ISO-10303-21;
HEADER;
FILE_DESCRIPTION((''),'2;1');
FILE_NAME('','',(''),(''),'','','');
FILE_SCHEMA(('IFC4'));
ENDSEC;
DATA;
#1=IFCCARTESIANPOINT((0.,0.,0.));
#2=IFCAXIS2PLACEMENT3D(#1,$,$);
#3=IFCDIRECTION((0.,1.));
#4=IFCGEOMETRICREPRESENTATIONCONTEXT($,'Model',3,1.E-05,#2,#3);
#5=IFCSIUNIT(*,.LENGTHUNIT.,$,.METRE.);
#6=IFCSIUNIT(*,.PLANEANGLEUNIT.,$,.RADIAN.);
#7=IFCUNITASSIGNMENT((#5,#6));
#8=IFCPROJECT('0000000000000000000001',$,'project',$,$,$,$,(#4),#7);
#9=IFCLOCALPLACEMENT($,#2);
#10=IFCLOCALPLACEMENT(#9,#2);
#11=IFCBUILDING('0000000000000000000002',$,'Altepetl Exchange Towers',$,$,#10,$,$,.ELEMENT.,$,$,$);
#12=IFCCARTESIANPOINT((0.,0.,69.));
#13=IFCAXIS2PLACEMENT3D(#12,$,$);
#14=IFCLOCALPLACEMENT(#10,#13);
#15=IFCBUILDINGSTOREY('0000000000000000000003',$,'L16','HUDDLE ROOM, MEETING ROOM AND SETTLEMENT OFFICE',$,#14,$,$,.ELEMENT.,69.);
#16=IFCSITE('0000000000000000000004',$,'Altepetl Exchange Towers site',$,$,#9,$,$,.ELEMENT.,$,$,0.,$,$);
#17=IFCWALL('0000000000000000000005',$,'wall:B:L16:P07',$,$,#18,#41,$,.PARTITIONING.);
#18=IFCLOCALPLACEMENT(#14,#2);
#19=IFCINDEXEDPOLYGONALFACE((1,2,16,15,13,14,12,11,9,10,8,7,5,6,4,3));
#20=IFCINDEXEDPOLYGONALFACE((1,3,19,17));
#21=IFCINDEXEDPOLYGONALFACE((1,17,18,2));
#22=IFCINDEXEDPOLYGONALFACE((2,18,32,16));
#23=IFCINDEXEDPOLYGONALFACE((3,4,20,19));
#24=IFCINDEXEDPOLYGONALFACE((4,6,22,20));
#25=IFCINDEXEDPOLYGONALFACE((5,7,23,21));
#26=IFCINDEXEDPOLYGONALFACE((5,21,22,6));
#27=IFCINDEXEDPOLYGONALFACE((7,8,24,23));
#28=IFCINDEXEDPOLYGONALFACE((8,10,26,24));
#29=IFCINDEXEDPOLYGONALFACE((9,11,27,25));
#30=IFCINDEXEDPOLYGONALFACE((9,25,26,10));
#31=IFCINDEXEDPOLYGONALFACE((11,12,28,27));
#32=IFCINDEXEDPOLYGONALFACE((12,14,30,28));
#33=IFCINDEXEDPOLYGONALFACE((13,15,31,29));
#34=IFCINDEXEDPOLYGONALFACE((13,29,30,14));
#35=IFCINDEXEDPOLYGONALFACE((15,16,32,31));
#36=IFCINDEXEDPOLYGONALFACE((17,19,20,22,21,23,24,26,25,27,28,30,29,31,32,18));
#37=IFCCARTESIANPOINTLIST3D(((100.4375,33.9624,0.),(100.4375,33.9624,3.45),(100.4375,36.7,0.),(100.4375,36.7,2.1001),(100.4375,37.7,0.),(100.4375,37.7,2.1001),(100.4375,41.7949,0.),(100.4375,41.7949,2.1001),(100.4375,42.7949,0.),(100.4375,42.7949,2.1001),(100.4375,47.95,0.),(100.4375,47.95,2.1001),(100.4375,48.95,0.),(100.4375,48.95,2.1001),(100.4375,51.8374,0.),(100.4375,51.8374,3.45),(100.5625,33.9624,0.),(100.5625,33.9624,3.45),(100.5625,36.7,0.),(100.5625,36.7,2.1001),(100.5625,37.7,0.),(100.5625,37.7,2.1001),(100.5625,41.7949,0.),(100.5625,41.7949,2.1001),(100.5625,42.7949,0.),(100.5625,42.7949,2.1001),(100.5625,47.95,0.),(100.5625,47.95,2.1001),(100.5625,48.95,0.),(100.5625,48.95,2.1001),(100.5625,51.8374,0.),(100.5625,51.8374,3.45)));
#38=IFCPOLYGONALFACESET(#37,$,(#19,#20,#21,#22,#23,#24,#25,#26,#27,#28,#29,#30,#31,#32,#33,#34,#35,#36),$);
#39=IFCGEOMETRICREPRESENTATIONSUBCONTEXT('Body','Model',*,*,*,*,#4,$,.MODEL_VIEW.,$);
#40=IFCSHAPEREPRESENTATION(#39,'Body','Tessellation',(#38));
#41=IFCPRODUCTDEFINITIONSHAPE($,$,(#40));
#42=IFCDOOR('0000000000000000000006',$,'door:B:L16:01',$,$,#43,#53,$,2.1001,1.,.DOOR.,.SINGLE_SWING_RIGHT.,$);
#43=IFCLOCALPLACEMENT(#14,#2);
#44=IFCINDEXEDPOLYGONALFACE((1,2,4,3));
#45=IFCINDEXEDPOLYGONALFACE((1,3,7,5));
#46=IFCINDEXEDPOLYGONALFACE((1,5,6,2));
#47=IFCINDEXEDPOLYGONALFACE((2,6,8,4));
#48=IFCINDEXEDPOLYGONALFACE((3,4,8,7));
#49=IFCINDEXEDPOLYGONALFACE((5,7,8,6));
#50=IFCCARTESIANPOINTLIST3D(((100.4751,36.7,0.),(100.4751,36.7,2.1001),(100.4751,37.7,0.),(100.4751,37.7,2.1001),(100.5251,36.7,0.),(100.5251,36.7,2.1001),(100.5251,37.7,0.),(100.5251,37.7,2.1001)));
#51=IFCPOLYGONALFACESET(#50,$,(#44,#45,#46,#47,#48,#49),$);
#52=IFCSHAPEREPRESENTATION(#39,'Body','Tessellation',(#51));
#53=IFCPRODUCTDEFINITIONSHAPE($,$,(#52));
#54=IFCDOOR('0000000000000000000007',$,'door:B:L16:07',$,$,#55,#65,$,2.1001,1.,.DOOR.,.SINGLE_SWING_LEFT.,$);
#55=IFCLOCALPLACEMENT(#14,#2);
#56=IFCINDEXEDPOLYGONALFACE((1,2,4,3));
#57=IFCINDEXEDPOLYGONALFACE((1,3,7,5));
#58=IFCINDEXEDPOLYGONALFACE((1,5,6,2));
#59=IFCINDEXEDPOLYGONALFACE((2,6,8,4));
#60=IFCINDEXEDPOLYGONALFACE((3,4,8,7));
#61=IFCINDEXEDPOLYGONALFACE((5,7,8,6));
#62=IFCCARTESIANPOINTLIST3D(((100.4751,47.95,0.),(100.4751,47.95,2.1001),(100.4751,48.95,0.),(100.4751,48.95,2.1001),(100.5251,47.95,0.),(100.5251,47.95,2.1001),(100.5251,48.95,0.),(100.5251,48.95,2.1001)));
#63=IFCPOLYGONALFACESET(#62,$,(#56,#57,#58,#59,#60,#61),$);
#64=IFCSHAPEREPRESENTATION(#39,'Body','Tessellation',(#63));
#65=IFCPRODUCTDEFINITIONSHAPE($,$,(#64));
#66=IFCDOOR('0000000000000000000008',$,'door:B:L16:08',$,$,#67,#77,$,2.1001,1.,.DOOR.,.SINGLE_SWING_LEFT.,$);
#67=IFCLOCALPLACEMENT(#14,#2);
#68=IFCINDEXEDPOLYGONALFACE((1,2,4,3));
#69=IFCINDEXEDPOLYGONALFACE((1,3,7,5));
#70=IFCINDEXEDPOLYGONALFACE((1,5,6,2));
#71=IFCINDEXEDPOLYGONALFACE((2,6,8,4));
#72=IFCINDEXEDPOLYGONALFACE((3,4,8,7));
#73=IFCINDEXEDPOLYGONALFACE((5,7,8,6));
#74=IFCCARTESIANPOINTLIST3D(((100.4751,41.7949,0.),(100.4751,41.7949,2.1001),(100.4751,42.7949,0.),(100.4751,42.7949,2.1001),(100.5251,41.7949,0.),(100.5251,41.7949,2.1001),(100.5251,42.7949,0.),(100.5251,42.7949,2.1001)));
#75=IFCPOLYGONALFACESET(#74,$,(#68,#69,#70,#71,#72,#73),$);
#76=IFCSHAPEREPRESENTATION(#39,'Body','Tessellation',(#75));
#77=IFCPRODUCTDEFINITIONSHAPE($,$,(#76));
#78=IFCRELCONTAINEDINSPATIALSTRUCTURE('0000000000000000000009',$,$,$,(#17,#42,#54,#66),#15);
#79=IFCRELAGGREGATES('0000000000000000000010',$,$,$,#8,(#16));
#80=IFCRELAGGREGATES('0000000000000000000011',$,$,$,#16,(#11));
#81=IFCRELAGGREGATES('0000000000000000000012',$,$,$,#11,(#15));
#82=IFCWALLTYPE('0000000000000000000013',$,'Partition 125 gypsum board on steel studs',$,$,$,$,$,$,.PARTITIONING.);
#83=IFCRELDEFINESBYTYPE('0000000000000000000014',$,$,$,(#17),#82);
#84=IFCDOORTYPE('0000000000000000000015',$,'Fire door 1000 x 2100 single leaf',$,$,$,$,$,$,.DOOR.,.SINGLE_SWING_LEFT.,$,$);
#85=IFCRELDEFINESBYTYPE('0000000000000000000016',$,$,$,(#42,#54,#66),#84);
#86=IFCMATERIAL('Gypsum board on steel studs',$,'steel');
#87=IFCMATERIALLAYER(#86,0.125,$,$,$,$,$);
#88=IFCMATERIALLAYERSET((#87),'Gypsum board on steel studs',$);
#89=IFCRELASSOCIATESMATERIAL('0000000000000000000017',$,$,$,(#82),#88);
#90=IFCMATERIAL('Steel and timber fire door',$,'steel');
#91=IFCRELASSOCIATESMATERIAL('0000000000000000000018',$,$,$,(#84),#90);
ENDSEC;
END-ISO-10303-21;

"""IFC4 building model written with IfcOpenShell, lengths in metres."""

from ifc_helpers import new_model, si_unit, direction, frame, frame_2d, origin, place, context, subcontext, project, spatial, rectangle, extrude, material, layer, layer_set, type_object, element, fill, save


model = new_model("IFC4")

# Units and contexts
model_context = context("Model", 3, precision=1e-05, world=origin(), true_north=direction((0.0, 1.0)))
body_context = subcontext(model_context, "Body", "Model", "MODEL_VIEW")
ifc_project = project(units=[si_unit("LENGTHUNIT", "METRE"), si_unit("PLANEANGLEUNIT", "RADIAN")], contexts=[model_context])

# Site, building, storey
site_placement = place(None, origin())
site = spatial("IfcSite", under=ifc_project, at=site_placement, Name="Altepetl Exchange Towers site", CompositionType="ELEMENT", RefElevation=0.0)
building_placement = place(site_placement, origin())
building = spatial("IfcBuilding", under=site, at=building_placement, Name="Altepetl Exchange Towers", CompositionType="ELEMENT")
storey_placement = place(building_placement, frame((0.0, 0.0, 69.0)))
storey = spatial("IfcBuildingStorey", under=building, at=storey_placement, Name="L16", Description="HUDDLE ROOM, MEETING ROOM AND SETTLEMENT OFFICE", CompositionType="ELEMENT", Elevation=69.0)

# Shared definitions
ifc_material_1 = material(Name="Gypsum board on steel studs", Category="steel")
ifc_layer_1 = layer(ifc_material_1, 0.125)
ifc_layer_set_1 = layer_set([ifc_layer_1], Name="Gypsum board on steel studs")
wall_type = type_object("IfcWallType", Name="Partition 125 gypsum board on steel studs", PredefinedType="PARTITIONING", material=ifc_layer_set_1)
ifc_material_2 = material(Name="Steel and timber fire door", Category="steel")
door_type = type_object("IfcDoorType", Name="Fire door 1000 x 2100 single leaf", OperationType="SINGLE_SWING_LEFT", PredefinedType="DOOR", material=ifc_material_2)

# Wall, openings, doors
wall_1_placement = place(storey_placement, frame((100.5, 33.9624, 0.0), z_axis=(0.0, 0.0, 1.0), x_axis=(0.0, 1.0, 0.0)))
wall_1 = element("IfcWall", 1, at=wall_1_placement, inside=storey, type_object=wall_type, Name="wall:B:L16:P07", PredefinedType="PARTITIONING", context=body_context, shape_type="SweptSolid", body=[
    extrude(rectangle(XDim=17.875, YDim=0.125, at=frame_2d((8.9375, 0.0))), origin(), (0.0, 0.0, 1.0), 3.45),
])
opening_1_placement = place(wall_1_placement, frame((2.7375, 0.0, 0.0)))
opening_1 = element("IfcOpeningElement", 2, at=opening_1_placement, cuts=wall_1, PredefinedType="OPENING", context=body_context, shape_type="SweptSolid", body=[
    extrude(rectangle(XDim=1.0, YDim=2.1001, at=frame_2d((0.5, 1.05))), frame((0.0, 0.0725, 0.0), z_axis=(0.0, -1.0, 0.0), x_axis=(1.0, 0.0, 0.0)), (0.0, 0.0, 1.0), 0.145),
])
opening_2_placement = place(wall_1_placement, frame((13.9875, 0.0, 0.0)))
opening_2 = element("IfcOpeningElement", 3, at=opening_2_placement, cuts=wall_1, PredefinedType="OPENING", context=body_context, shape_type="SweptSolid", body=[
    extrude(rectangle(XDim=1.0, YDim=2.1001, at=frame_2d((0.5, 1.05))), frame((0.0, 0.0725, 0.0), z_axis=(0.0, -1.0, 0.0), x_axis=(1.0, 0.0, 0.0)), (0.0, 0.0, 1.0), 0.145),
])
opening_3_placement = place(wall_1_placement, frame((7.8325, 0.0, 0.0)))
opening_3 = element("IfcOpeningElement", 4, at=opening_3_placement, cuts=wall_1, PredefinedType="OPENING", context=body_context, shape_type="SweptSolid", body=[
    extrude(rectangle(XDim=1.0, YDim=2.1001, at=frame_2d((0.5, 1.05))), frame((0.0, 0.0725, 0.0), z_axis=(0.0, -1.0, 0.0), x_axis=(1.0, 0.0, 0.0)), (0.0, 0.0, 1.0), 0.145),
])
door_1_placement = place(opening_1_placement, origin())
door_1 = element("IfcDoor", 5, at=door_1_placement, inside=storey, type_object=door_type, Name="door:B:L16:01", OperationType="SINGLE_SWING_RIGHT", OverallHeight=2.1001, OverallWidth=1.0, PredefinedType="DOOR", context=body_context, shape_type="SweptSolid", body=[
    extrude(rectangle(XDim=1.0, YDim=2.1001, at=frame_2d((0.5, 1.05))), frame((0.0, 0.0249, 0.0), z_axis=(0.0, -1.0, 0.0), x_axis=(1.0, 0.0, 0.0)), (0.0, 0.0, 1.0), 0.05),
])
fill(opening_1, door_1)
door_2_placement = place(opening_2_placement, origin())
door_2 = element("IfcDoor", 6, at=door_2_placement, inside=storey, type_object=door_type, Name="door:B:L16:07", OperationType="SINGLE_SWING_LEFT", OverallHeight=2.1001, OverallWidth=1.0, PredefinedType="DOOR", context=body_context, shape_type="SweptSolid", body=[
    extrude(rectangle(XDim=1.0, YDim=2.1001, at=frame_2d((0.5, 1.05))), frame((0.0, 0.0249, 0.0), z_axis=(0.0, -1.0, 0.0), x_axis=(1.0, 0.0, 0.0)), (0.0, 0.0, 1.0), 0.05),
])
fill(opening_2, door_2)
door_3_placement = place(opening_3_placement, origin())
door_3 = element("IfcDoor", 7, at=door_3_placement, inside=storey, type_object=door_type, Name="door:B:L16:08", OperationType="SINGLE_SWING_LEFT", OverallHeight=2.1001, OverallWidth=1.0, PredefinedType="DOOR", context=body_context, shape_type="SweptSolid", body=[
    extrude(rectangle(XDim=1.0, YDim=2.1001, at=frame_2d((0.5, 1.05))), frame((0.0, 0.0249, 0.0), z_axis=(0.0, -1.0, 0.0), x_axis=(1.0, 0.0, 0.0)), (0.0, 0.0, 1.0), 0.05),
])
fill(opening_3, door_3)

save(model, "model.ifc")
